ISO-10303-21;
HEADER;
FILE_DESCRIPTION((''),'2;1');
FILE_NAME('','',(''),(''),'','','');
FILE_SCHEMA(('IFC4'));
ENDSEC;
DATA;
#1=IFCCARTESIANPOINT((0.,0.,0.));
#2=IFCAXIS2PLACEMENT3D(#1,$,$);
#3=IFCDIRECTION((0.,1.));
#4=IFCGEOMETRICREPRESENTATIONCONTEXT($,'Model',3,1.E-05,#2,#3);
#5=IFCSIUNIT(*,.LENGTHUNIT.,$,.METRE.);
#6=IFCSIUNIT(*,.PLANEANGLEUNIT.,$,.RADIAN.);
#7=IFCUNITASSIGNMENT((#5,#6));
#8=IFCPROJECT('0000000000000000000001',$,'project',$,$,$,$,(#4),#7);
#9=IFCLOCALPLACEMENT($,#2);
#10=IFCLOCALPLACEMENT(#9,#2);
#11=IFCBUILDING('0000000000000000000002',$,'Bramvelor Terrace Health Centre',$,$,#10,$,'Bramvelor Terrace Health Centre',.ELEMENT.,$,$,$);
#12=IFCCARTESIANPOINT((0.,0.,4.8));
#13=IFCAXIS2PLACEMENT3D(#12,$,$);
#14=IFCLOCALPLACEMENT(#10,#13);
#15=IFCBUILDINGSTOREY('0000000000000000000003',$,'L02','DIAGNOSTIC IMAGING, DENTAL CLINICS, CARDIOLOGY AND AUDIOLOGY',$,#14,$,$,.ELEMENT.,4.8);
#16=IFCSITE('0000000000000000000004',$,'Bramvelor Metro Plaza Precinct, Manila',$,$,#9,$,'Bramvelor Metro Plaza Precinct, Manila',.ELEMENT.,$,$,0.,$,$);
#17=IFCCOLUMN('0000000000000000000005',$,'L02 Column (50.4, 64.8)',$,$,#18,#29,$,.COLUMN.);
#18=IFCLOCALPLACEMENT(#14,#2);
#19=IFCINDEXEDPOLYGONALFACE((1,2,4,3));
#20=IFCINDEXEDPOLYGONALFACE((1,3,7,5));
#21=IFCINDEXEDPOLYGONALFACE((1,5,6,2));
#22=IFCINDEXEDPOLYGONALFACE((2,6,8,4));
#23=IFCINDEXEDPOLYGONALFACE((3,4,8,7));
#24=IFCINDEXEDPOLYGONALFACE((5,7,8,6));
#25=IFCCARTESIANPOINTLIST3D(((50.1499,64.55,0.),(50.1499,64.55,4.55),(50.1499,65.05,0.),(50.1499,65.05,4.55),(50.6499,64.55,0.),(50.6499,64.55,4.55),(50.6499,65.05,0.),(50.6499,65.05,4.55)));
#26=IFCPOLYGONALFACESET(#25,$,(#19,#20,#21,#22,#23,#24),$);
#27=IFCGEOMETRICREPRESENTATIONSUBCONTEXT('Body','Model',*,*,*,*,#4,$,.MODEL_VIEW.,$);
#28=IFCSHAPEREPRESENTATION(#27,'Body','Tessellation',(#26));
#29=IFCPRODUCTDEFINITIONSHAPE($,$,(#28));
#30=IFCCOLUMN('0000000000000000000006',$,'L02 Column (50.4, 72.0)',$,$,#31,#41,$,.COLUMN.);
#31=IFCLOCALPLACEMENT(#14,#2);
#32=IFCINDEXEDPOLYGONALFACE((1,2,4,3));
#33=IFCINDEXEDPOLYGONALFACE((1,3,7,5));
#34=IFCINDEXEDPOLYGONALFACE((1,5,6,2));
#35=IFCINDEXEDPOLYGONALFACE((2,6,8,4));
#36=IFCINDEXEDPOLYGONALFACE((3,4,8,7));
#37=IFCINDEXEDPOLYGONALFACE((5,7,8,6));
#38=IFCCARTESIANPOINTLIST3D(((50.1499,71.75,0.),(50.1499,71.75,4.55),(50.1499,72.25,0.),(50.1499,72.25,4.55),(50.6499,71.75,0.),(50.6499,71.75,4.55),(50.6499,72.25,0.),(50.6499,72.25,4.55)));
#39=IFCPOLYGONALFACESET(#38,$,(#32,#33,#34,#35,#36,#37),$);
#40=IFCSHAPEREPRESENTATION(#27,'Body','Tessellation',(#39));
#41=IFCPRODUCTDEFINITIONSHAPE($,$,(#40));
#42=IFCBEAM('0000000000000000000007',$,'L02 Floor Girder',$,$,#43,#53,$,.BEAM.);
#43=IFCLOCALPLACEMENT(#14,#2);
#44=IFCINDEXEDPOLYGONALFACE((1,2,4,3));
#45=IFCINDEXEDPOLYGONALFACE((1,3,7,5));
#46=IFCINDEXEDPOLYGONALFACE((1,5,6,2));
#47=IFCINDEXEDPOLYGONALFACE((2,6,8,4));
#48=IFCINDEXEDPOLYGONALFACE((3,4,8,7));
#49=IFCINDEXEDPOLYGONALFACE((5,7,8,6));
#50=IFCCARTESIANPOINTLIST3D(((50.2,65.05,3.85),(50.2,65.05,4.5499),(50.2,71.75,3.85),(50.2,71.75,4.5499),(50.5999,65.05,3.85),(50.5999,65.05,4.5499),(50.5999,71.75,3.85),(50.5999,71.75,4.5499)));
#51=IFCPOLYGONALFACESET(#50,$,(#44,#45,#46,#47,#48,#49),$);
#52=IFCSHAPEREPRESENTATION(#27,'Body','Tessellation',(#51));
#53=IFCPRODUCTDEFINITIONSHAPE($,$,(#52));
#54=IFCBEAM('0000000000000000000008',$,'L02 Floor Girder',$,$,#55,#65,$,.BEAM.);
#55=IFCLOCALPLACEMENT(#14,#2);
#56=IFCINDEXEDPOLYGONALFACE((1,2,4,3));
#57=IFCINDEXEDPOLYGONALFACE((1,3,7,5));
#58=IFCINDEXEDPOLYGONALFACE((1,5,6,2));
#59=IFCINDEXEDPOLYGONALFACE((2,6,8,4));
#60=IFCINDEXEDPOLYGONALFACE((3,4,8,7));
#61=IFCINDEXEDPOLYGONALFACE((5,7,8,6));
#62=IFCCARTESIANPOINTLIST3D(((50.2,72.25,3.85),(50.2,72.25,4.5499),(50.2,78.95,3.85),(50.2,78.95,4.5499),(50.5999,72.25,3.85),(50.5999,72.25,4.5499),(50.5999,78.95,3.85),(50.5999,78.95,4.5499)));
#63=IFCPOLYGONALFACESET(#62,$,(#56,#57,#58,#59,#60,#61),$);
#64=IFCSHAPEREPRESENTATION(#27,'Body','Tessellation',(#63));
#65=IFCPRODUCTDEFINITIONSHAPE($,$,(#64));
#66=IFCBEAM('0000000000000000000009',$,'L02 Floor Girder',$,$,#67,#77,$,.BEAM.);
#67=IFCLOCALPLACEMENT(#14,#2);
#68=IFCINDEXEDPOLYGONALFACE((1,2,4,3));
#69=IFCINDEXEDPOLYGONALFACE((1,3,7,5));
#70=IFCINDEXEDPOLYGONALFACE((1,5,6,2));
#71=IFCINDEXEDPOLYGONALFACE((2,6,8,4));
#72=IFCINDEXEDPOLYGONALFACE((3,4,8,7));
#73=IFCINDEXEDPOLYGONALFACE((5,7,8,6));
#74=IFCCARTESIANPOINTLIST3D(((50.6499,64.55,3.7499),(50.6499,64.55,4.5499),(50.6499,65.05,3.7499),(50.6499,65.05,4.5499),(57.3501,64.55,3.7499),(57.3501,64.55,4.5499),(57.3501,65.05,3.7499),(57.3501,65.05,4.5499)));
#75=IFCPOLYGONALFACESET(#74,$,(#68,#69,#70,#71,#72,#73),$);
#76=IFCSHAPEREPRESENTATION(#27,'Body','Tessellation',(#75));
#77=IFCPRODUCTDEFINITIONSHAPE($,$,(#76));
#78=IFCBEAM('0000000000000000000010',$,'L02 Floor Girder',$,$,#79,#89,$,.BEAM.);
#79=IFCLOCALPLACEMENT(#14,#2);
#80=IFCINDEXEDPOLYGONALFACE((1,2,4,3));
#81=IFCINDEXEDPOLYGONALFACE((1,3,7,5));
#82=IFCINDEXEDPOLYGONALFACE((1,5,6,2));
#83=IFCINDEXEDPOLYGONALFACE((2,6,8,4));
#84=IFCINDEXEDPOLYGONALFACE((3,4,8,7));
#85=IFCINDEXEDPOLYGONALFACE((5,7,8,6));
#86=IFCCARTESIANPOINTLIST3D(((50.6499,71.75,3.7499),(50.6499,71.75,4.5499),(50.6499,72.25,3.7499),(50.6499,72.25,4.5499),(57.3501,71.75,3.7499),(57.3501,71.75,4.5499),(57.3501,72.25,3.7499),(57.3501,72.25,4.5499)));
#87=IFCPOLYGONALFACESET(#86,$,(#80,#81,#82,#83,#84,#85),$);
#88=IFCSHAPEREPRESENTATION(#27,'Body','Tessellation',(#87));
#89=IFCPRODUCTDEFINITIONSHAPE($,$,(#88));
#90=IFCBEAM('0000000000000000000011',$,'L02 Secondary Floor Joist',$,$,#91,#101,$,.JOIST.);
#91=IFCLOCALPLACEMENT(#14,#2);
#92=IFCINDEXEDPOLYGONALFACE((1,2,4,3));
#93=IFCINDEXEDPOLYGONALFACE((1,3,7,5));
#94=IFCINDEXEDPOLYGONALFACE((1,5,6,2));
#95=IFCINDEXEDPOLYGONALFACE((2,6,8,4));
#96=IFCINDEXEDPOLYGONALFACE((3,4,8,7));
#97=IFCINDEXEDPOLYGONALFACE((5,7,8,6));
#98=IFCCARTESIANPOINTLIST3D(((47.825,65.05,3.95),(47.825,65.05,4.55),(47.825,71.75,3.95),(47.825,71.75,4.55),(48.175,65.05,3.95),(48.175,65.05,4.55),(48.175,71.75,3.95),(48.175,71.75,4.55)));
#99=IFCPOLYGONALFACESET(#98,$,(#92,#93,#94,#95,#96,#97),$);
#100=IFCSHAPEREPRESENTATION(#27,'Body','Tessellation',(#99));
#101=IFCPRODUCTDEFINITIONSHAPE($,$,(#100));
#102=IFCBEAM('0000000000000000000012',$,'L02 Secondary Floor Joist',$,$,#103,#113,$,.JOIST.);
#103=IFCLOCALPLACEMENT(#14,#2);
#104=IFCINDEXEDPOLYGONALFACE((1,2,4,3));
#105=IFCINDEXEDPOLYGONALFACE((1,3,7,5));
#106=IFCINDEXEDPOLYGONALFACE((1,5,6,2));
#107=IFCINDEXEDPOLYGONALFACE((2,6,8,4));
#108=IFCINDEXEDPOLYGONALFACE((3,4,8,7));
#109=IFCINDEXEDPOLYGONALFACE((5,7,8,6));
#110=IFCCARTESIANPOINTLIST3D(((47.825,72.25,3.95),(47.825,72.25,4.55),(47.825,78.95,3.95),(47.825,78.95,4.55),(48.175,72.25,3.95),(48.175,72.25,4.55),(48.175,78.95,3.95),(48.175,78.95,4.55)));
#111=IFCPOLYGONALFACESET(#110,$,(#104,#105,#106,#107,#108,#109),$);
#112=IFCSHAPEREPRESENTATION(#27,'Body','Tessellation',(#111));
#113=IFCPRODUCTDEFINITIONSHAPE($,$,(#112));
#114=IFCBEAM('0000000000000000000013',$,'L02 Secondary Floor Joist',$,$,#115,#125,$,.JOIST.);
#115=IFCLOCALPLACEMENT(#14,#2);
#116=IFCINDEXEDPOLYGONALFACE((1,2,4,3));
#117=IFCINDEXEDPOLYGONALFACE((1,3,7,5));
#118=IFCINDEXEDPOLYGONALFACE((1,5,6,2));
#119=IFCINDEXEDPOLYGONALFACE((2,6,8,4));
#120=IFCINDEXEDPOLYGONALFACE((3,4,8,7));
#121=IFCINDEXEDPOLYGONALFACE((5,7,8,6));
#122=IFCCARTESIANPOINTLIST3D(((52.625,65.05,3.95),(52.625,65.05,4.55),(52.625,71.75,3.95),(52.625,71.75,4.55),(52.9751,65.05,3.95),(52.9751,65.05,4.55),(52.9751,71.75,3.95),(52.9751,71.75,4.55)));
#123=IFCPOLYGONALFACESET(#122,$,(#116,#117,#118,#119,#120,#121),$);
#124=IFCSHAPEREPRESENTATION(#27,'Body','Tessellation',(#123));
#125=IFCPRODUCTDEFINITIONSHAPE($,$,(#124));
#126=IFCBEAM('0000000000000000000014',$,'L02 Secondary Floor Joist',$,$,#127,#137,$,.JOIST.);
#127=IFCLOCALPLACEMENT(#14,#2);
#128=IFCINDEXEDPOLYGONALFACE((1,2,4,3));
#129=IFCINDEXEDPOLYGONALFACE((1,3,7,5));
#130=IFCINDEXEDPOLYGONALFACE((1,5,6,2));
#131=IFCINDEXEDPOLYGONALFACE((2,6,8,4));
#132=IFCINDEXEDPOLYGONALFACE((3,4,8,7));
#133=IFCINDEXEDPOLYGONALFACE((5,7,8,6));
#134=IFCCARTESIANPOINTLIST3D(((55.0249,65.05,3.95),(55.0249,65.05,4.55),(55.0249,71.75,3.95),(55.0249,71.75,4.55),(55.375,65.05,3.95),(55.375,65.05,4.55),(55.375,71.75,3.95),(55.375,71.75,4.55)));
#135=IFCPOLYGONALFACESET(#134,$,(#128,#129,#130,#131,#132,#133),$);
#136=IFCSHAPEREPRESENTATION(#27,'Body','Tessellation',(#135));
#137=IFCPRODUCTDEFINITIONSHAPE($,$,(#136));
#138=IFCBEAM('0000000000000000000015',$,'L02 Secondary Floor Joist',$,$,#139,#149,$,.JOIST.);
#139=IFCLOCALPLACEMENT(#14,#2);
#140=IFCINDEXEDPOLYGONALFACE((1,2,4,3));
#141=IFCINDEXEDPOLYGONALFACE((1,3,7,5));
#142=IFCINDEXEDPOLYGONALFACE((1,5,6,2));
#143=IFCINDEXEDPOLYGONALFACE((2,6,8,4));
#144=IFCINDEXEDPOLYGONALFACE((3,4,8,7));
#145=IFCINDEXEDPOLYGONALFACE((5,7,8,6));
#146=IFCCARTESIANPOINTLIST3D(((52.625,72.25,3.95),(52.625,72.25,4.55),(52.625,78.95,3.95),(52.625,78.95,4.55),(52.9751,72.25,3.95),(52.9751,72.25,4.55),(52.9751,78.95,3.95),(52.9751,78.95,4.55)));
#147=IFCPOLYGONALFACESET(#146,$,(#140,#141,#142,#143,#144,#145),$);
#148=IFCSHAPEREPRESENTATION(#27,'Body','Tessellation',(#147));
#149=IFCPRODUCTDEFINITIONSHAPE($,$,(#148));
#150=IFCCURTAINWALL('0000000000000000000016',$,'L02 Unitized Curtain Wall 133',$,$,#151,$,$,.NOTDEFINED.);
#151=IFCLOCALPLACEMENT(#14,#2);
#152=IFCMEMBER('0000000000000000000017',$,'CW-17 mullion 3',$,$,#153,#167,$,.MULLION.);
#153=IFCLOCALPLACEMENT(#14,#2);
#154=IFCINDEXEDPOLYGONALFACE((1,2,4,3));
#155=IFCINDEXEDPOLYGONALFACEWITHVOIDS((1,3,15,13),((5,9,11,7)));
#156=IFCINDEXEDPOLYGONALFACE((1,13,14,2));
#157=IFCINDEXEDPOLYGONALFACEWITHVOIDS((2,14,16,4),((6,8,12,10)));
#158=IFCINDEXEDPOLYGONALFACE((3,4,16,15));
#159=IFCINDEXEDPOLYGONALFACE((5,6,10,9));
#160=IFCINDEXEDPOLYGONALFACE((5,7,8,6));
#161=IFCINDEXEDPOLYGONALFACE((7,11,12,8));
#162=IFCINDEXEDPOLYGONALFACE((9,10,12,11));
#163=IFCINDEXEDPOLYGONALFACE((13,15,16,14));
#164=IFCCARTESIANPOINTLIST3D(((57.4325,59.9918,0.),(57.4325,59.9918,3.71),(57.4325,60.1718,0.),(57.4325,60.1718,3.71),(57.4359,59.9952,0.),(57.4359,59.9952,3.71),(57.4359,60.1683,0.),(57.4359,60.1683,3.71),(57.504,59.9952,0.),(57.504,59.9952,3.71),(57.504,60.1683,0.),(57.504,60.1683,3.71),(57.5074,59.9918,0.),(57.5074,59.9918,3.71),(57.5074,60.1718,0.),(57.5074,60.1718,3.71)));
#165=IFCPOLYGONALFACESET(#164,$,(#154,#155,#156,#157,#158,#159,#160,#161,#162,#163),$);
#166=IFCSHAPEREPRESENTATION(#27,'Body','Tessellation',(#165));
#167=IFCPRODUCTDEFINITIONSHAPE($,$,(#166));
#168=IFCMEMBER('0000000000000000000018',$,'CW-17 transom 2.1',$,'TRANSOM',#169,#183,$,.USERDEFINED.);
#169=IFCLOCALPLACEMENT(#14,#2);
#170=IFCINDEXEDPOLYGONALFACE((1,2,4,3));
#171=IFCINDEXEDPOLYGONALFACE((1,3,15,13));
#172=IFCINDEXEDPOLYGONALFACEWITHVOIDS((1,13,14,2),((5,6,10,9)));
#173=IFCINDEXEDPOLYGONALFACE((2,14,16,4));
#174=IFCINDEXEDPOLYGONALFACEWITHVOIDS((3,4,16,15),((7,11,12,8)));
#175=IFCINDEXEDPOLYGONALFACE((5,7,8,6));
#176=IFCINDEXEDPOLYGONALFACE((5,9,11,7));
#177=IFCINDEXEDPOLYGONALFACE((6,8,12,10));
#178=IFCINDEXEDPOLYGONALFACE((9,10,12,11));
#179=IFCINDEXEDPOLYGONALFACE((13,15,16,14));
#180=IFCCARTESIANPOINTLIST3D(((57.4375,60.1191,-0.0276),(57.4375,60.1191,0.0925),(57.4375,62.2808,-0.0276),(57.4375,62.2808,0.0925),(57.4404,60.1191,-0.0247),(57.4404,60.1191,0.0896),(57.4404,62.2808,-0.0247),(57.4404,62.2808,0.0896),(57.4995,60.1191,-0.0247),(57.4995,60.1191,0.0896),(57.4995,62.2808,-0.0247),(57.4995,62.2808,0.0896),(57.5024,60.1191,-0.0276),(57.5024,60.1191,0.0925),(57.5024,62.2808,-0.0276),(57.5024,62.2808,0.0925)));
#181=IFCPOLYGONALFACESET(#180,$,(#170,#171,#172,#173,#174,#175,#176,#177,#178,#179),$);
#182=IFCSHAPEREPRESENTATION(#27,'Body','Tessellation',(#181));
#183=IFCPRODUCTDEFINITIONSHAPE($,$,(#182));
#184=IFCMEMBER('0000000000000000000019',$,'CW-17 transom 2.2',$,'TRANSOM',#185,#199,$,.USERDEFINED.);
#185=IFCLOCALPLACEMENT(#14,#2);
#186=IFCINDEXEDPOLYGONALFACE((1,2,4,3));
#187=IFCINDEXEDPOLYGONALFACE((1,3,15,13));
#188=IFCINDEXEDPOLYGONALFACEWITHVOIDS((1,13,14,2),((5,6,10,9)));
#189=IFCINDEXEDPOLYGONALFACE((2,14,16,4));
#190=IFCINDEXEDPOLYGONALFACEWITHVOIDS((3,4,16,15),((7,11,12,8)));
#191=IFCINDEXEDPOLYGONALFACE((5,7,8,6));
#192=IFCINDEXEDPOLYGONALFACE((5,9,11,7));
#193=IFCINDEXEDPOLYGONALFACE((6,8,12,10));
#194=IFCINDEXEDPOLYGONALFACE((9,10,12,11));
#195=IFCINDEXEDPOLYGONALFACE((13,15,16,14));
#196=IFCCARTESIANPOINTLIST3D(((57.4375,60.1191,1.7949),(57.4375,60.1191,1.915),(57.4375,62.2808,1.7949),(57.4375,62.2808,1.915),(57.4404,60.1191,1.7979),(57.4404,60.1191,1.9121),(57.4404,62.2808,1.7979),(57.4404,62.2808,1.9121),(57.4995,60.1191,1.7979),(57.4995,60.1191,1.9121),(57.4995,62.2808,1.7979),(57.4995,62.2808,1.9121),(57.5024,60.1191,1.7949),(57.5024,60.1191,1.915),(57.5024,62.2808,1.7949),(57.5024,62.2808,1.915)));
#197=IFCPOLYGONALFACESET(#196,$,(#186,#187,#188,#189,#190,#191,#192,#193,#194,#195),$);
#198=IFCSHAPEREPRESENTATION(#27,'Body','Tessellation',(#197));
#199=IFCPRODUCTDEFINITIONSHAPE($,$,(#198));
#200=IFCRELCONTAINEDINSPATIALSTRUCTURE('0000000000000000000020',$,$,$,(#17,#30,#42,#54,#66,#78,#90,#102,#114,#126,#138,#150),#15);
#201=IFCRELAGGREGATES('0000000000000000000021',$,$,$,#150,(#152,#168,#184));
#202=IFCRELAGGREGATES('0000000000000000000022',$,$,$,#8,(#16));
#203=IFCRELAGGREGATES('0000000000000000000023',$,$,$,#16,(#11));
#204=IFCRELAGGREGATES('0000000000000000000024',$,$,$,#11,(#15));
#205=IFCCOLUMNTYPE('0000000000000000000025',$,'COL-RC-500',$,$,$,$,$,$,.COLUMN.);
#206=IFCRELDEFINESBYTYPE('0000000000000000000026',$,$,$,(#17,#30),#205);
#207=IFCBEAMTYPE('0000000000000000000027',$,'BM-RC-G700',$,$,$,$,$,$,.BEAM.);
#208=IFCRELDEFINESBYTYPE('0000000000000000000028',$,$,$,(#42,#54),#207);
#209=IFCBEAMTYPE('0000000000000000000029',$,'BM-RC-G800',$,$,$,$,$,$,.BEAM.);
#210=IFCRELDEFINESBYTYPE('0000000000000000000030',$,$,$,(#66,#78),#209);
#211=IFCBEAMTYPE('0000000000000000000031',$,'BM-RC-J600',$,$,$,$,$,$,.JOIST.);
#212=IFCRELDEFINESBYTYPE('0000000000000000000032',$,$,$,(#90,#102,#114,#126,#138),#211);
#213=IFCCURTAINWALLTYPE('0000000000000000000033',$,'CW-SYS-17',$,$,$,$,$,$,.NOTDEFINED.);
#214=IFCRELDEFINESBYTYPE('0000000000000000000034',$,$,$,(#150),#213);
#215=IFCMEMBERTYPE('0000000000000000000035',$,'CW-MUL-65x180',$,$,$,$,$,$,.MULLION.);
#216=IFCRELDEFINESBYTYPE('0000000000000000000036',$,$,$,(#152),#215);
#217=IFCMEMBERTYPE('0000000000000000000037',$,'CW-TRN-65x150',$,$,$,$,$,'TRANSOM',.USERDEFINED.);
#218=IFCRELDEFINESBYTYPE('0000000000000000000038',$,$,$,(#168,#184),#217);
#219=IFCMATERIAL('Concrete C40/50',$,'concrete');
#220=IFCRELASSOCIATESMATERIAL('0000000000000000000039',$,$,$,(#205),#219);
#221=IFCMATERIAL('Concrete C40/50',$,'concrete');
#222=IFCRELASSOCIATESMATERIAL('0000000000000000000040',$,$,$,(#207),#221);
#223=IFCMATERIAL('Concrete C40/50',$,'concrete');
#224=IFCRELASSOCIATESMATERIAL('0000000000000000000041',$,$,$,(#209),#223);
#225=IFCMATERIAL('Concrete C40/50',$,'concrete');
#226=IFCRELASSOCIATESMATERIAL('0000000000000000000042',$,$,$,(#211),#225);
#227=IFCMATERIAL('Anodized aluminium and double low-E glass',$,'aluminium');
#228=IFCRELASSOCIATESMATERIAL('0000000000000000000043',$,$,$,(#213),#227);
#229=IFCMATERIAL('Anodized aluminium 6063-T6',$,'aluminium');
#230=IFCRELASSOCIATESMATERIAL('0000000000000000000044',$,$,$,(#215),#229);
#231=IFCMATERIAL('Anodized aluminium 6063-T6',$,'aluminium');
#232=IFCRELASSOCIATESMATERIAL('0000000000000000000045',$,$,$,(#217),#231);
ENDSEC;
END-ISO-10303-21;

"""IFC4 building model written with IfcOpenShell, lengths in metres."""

from ifc_helpers import new_model, si_unit, direction, frame, origin, origin_2d, place, context, subcontext, project, spatial, rectangle, hollow_rectangle, extrude, material, material_profile, profile_set, type_object, element, aggregate, save


model = new_model("IFC4")

# Units and contexts
model_context = context("Model", 3, precision=1e-05, world=origin(), true_north=direction((0.0, 1.0)))
body_context = subcontext(model_context, "Body", "Model", "MODEL_VIEW")
ifc_project = project(units=[si_unit("LENGTHUNIT", "METRE"), si_unit("PLANEANGLEUNIT", "RADIAN")], contexts=[model_context])

# Site, building, storey
site_placement = place(None, origin())
site = spatial("IfcSite", under=ifc_project, at=site_placement, Name="Bramvelor Metro Plaza Precinct, Manila", LongName="Bramvelor Metro Plaza Precinct, Manila", CompositionType="ELEMENT", RefElevation=0.0)
building_placement = place(site_placement, origin())
building = spatial("IfcBuilding", under=site, at=building_placement, Name="Bramvelor Terrace Health Centre", LongName="Bramvelor Terrace Health Centre", CompositionType="ELEMENT")
storey_placement = place(building_placement, frame((0.0, 0.0, 4.8)))
storey = spatial("IfcBuildingStorey", under=building, at=storey_placement, Name="L02", Description="DIAGNOSTIC IMAGING, DENTAL CLINICS, CARDIOLOGY AND AUDIOLOGY", CompositionType="ELEMENT", Elevation=4.8)

# Columns
ifc_material_1 = material(Name="Concrete C40/50", Category="concrete")
ifc_material_profile_1 = material_profile(ifc_material_1, rectangle(XDim=0.5, YDim=0.5, at=origin_2d()), Name="RC 500x500")
ifc_profile_set_1 = profile_set([ifc_material_profile_1], Name="Concrete C40/50")
column_type = type_object("IfcColumnType", Name="COL-RC-500", PredefinedType="COLUMN", material=ifc_profile_set_1)
for number, where, z_axis, x_axis, name in (
    (1, (50.3999, 64.8, 0.0), (0.0, 0.0, 1.0), (1.0, 0.0, 0.0), "L02 Column (50.4, 64.8)"),
    (2, (50.3999, 72.0, 0.0), (0.0, 0.0, 1.0), (1.0, 0.0, 0.0), "L02 Column (50.4, 72.0)"),
):
    element("IfcColumn", number, at=place(storey_placement, frame(where, z_axis=z_axis, x_axis=x_axis)), inside=storey, type_object=column_type, Name=name, PredefinedType="COLUMN", context=body_context, shape_type="SweptSolid", body=[
        extrude(rectangle(XDim=0.5, YDim=0.5, at=origin_2d()), origin(), (0.0, 0.0, 1.0), 4.55),
    ])

# Beams
ifc_material_2 = material(Name="Concrete C40/50", Category="concrete")
ifc_material_profile_2 = material_profile(ifc_material_2, rectangle(XDim=0.3999, YDim=0.7, at=origin_2d()), Name="RC 400x700")
ifc_profile_set_2 = profile_set([ifc_material_profile_2], Name="Concrete C40/50")
beam_type_1 = type_object("IfcBeamType", Name="BM-RC-G700", PredefinedType="BEAM", material=ifc_profile_set_2)
for number, where, z_axis, x_axis, name in (
    (3, (50.3999, 65.05, 4.2), (0.0, 1.0, 0.0), (-1.0, 0.0, 0.0), "L02 Floor Girder"),
    (4, (50.3999, 72.25, 4.2), (0.0, 1.0, 0.0), (-1.0, 0.0, 0.0), "L02 Floor Girder"),
):
    element("IfcBeam", number, at=place(storey_placement, frame(where, z_axis=z_axis, x_axis=x_axis)), inside=storey, type_object=beam_type_1, Name=name, PredefinedType="BEAM", context=body_context, shape_type="SweptSolid", body=[
        extrude(rectangle(XDim=0.3999, YDim=0.7, at=origin_2d()), origin(), (0.0, 0.0, 1.0), 6.7),
    ])
ifc_material_3 = material(Name="Concrete C40/50", Category="concrete")
ifc_material_profile_3 = material_profile(ifc_material_3, rectangle(XDim=0.5, YDim=0.8, at=origin_2d()), Name="RC 500x800")
ifc_profile_set_3 = profile_set([ifc_material_profile_3], Name="Concrete C40/50")
beam_type_2 = type_object("IfcBeamType", Name="BM-RC-G800", PredefinedType="BEAM", material=ifc_profile_set_3)
for number, where, z_axis, x_axis, name in (
    (5, (50.6499, 64.8, 4.1499), (1.0, 0.0, 0.0), (0.0, 1.0, 0.0), "L02 Floor Girder"),
    (6, (50.6499, 72.0, 4.1499), (1.0, 0.0, 0.0), (0.0, 1.0, 0.0), "L02 Floor Girder"),
):
    element("IfcBeam", number, at=place(storey_placement, frame(where, z_axis=z_axis, x_axis=x_axis)), inside=storey, type_object=beam_type_2, Name=name, PredefinedType="BEAM", context=body_context, shape_type="SweptSolid", body=[
        extrude(rectangle(XDim=0.5, YDim=0.8, at=origin_2d()), origin(), (0.0, 0.0, 1.0), 6.7002),
    ])
ifc_material_4 = material(Name="Concrete C40/50", Category="concrete")
ifc_material_profile_4 = material_profile(ifc_material_4, rectangle(XDim=0.3501, YDim=0.6001, at=origin_2d()), Name="RC 350x600")
ifc_profile_set_4 = profile_set([ifc_material_profile_4], Name="Concrete C40/50")
beam_type_3 = type_object("IfcBeamType", Name="BM-RC-J600", PredefinedType="JOIST", material=ifc_profile_set_4)
for number, where, z_axis, x_axis, name in (
    (7, (48.0, 65.05, 4.25), (0.0, 1.0, 0.0), (-1.0, 0.0, 0.0), "L02 Secondary Floor Joist"),
    (8, (48.0, 72.25, 4.25), (0.0, 1.0, 0.0), (-1.0, 0.0, 0.0), "L02 Secondary Floor Joist"),
    (9, (52.8, 65.05, 4.25), (0.0, 1.0, 0.0), (-1.0, 0.0, 0.0), "L02 Secondary Floor Joist"),
    (10, (55.2, 65.05, 4.25), (0.0, 1.0, 0.0), (-1.0, 0.0, 0.0), "L02 Secondary Floor Joist"),
    (11, (52.8, 72.25, 4.25), (0.0, 1.0, 0.0), (-1.0, 0.0, 0.0), "L02 Secondary Floor Joist"),
):
    element("IfcBeam", number, at=place(storey_placement, frame(where, z_axis=z_axis, x_axis=x_axis)), inside=storey, type_object=beam_type_3, Name=name, PredefinedType="JOIST", context=body_context, shape_type="SweptSolid", body=[
        extrude(rectangle(XDim=0.3501, YDim=0.6001, at=origin_2d()), origin(), (0.0, 0.0, 1.0), 6.7),
    ])

# Curtain wall, members
ifc_material_5 = material(Name="Anodized aluminium and double low-E glass", Category="aluminium")
curtain_wall_type = type_object("IfcCurtainWallType", Name="CW-SYS-17", PredefinedType="NOTDEFINED", material=ifc_material_5)
curtain_wall_placement = place(storey_placement, origin())
curtain_wall = element("IfcCurtainWall", 12, at=curtain_wall_placement, inside=storey, type_object=curtain_wall_type, Name="L02 Unitized Curtain Wall 133", PredefinedType="NOTDEFINED")
ifc_material_6 = material(Name="Anodized aluminium 6063-T6", Category="aluminium")
ifc_material_profile_5 = material_profile(ifc_material_6, hollow_rectangle(XDim=0.075, YDim=0.1799, WallThickness=0.0034, at=origin_2d()), Name="ALU-MUL 75x180x3.5")
ifc_profile_set_5 = profile_set([ifc_material_profile_5], Name="Anodized aluminium 6063-T6")
member_type_1 = type_object("IfcMemberType", Name="CW-MUL-65x180", PredefinedType="MULLION", material=ifc_profile_set_5)
member_1_placement = place(storey_placement, frame((57.47, 60.0818, 0.0), z_axis=(0.0, 0.0, 1.0), x_axis=(1.0, 0.0, 0.0)))
member_1 = element("IfcMember", 13, at=member_1_placement, type_object=member_type_1, Name="CW-17 mullion 3", PredefinedType="MULLION", context=body_context, shape_type="SweptSolid", body=[
    extrude(hollow_rectangle(XDim=0.075, YDim=0.1799, WallThickness=0.0034, at=origin_2d()), origin(), (0.0, 0.0, 1.0), 3.71),
])
ifc_material_7 = material(Name="Anodized aluminium 6063-T6", Category="aluminium")
ifc_material_profile_6 = material_profile(ifc_material_7, hollow_rectangle(XDim=0.0649, YDim=0.1201, WallThickness=0.0029, at=origin_2d()), Name="ALU-TRN 65x120x3.0")
ifc_profile_set_6 = profile_set([ifc_material_profile_6], Name="Anodized aluminium 6063-T6")
member_type_2 = type_object("IfcMemberType", Name="CW-TRN-65x150", ElementType="TRANSOM", PredefinedType="USERDEFINED", material=ifc_profile_set_6)
member_2_placement = place(storey_placement, frame((57.47, 62.2808, 0.0325), z_axis=(0.0, -1.0, 0.0), x_axis=(1.0, 0.0, 0.0)))
member_2 = element("IfcMember", 14, at=member_2_placement, type_object=member_type_2, Name="CW-17 transom 2.1", ObjectType="TRANSOM", PredefinedType="USERDEFINED", context=body_context, shape_type="SweptSolid", body=[
    extrude(hollow_rectangle(XDim=0.0649, YDim=0.1201, WallThickness=0.0029, at=origin_2d()), origin(), (0.0, 0.0, 1.0), 2.1616),
])
member_3_placement = place(storey_placement, frame((57.47, 62.2808, 1.855), z_axis=(0.0, -1.0, 0.0), x_axis=(1.0, 0.0, 0.0)))
member_3 = element("IfcMember", 15, at=member_3_placement, type_object=member_type_2, Name="CW-17 transom 2.2", ObjectType="TRANSOM", PredefinedType="USERDEFINED", context=body_context, shape_type="SweptSolid", body=[
    extrude(hollow_rectangle(XDim=0.0649, YDim=0.1201, WallThickness=0.0029, at=origin_2d()), origin(), (0.0, 0.0, 1.0), 2.1616),
])
aggregate(curtain_wall, [member_1, member_2, member_3])

save(model, "model.ifc")
